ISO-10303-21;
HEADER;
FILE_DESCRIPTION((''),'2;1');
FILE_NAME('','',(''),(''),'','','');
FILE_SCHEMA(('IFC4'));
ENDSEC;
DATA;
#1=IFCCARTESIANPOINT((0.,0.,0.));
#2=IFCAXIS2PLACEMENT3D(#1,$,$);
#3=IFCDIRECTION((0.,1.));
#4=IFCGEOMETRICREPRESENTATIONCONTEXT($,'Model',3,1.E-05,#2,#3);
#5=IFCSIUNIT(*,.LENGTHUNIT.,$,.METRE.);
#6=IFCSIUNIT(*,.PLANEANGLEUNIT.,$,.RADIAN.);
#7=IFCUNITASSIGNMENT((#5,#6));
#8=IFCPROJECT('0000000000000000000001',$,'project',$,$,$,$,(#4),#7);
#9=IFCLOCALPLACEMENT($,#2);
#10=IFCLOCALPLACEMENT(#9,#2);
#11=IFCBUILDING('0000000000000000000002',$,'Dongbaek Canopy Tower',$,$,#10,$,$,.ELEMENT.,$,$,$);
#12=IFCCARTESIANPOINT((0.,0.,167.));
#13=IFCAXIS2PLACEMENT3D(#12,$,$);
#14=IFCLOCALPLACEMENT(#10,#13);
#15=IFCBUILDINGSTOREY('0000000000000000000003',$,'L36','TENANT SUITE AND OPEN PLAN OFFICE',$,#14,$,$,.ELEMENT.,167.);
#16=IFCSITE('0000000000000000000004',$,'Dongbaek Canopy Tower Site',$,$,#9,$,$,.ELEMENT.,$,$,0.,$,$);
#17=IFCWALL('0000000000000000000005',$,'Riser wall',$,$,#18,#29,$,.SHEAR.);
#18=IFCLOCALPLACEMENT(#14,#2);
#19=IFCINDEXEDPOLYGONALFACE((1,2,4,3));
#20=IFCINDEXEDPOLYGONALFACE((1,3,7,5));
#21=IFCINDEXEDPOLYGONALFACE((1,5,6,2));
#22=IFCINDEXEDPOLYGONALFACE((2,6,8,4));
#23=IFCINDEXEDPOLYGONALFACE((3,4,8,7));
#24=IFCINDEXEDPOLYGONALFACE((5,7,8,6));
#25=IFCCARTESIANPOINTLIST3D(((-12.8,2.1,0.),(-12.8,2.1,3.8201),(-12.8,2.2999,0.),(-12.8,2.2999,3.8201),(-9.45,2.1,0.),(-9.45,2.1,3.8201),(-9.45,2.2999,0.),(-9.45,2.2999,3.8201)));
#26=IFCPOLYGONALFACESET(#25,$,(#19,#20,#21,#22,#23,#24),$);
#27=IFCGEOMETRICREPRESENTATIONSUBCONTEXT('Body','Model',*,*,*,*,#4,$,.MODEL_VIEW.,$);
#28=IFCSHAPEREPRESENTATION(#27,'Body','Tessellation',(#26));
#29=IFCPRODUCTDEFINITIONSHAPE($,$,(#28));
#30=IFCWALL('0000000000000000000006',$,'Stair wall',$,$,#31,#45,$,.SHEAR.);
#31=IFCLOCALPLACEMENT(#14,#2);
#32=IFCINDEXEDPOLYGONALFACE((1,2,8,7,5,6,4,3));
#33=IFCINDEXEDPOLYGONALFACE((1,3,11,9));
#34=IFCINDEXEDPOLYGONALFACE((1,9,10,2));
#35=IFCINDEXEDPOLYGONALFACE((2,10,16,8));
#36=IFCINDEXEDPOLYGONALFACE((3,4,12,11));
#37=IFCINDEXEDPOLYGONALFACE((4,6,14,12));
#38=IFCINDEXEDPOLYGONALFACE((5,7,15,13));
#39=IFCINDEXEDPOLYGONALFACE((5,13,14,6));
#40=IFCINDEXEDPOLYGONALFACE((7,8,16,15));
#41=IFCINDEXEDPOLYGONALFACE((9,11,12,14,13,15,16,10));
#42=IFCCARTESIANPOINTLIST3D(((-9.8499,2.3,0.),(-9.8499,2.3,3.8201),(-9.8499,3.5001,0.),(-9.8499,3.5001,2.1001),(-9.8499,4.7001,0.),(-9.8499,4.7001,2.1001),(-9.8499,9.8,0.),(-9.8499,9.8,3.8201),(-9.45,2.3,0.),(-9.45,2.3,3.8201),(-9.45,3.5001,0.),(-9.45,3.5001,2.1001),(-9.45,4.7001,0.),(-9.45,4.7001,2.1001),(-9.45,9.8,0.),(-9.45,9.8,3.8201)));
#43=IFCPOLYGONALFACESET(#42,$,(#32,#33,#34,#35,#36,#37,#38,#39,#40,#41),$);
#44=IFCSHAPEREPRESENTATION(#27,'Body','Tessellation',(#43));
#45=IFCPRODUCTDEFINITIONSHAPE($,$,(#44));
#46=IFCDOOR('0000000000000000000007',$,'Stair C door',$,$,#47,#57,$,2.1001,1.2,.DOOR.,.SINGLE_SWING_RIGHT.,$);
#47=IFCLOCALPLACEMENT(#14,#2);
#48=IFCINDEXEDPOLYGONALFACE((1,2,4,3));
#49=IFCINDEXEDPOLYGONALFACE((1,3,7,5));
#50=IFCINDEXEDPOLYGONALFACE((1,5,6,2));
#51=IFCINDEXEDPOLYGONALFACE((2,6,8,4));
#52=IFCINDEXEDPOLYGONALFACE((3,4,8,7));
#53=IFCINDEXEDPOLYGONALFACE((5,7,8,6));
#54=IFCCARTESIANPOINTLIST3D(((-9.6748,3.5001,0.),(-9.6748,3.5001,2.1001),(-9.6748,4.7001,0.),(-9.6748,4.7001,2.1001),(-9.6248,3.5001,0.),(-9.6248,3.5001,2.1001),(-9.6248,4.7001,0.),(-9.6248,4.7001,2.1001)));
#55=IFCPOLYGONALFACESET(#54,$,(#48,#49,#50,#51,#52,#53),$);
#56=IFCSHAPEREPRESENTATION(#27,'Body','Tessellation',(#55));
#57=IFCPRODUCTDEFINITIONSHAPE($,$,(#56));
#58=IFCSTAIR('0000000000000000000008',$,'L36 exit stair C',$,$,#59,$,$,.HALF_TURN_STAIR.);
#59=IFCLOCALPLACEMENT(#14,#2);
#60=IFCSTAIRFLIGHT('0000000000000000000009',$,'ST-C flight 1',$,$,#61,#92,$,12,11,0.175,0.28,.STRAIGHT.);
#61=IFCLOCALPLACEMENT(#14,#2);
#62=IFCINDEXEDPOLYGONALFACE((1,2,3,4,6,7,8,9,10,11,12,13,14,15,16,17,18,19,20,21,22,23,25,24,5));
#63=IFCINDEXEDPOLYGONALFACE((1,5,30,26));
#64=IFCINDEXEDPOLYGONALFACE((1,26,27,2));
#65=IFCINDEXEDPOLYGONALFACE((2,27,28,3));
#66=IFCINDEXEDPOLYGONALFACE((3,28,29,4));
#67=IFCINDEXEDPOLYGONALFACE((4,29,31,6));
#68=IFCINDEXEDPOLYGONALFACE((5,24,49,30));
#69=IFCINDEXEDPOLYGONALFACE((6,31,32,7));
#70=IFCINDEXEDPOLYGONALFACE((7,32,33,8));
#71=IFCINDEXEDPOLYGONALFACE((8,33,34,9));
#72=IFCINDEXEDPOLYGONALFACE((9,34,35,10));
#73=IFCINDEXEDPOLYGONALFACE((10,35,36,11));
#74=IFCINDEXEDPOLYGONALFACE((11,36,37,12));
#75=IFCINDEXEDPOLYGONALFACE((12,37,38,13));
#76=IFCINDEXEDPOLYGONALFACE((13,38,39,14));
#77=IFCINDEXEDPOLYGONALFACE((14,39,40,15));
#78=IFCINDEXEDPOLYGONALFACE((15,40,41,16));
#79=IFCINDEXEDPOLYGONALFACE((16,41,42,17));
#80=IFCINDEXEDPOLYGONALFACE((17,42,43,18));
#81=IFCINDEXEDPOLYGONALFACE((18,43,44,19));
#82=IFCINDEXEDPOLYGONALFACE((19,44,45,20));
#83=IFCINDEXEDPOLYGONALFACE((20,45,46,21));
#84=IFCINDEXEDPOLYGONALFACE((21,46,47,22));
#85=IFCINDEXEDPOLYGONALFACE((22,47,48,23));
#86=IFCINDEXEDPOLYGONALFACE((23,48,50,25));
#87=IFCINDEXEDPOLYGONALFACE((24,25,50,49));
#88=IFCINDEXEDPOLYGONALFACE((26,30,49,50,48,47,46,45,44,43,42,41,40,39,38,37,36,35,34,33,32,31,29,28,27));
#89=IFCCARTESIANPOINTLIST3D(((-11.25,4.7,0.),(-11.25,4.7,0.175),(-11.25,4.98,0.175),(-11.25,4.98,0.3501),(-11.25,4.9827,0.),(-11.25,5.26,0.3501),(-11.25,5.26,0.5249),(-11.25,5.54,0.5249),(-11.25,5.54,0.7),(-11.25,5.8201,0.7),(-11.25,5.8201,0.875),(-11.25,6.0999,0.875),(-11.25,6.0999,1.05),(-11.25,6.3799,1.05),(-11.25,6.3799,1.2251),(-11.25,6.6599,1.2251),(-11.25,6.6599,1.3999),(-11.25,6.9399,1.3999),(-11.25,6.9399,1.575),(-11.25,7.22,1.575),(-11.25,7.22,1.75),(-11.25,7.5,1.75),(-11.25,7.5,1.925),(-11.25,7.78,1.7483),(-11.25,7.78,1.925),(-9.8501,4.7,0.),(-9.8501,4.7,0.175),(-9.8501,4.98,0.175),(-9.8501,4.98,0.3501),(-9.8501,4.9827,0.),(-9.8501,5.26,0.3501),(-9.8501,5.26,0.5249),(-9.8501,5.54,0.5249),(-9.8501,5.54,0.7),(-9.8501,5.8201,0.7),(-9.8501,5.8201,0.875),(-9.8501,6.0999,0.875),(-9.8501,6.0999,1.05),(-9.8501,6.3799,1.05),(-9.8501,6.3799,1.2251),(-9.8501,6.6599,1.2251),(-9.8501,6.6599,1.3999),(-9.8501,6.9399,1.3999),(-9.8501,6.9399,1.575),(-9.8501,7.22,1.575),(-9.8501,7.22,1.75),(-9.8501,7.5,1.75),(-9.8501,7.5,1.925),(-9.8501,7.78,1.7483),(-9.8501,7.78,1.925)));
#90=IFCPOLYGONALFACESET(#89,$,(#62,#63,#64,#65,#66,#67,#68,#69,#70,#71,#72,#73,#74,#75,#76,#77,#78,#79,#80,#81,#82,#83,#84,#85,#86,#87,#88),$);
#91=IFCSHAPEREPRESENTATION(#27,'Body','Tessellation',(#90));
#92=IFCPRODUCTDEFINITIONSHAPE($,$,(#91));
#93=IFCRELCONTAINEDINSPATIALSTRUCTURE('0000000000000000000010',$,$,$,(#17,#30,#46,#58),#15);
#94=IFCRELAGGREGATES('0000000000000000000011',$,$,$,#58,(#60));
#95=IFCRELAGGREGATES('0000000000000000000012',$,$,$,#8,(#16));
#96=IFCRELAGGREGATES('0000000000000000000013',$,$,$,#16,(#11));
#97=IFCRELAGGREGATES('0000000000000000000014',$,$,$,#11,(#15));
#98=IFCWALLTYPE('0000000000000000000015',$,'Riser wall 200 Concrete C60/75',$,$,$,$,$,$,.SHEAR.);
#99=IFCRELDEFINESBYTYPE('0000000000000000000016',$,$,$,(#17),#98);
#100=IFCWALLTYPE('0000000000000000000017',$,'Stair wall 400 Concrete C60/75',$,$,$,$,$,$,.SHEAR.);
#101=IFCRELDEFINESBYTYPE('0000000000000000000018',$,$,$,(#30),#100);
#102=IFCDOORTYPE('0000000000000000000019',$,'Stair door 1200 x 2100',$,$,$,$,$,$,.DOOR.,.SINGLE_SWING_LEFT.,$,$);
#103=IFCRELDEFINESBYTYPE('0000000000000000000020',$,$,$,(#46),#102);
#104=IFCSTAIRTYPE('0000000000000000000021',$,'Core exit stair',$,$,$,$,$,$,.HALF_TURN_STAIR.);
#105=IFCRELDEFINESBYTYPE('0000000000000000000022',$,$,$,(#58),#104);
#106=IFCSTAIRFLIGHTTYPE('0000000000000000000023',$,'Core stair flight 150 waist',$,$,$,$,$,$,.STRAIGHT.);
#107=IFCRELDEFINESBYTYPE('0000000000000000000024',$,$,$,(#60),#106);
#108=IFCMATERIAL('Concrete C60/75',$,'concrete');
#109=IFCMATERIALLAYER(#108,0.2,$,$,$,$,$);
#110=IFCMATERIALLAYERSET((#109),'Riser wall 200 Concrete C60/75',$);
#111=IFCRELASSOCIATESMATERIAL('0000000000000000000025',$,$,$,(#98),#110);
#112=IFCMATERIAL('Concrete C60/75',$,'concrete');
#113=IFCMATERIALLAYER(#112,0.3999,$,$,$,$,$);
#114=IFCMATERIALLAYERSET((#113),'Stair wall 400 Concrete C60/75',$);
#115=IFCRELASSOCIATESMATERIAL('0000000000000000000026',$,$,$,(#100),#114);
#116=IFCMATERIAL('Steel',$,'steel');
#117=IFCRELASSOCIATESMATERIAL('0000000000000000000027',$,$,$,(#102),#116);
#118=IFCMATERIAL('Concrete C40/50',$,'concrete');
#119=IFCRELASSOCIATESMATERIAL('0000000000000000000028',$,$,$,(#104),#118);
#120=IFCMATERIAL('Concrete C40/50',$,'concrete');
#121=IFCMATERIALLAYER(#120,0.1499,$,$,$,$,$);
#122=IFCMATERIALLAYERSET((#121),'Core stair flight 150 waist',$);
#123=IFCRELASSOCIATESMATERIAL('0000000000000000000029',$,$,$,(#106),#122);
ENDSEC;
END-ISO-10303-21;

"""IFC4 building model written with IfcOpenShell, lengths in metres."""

from ifc_helpers import new_model, si_unit, direction, frame, frame_2d, origin, place, context, subcontext, project, spatial, polyline, rectangle, outline, extrude, material, layer, layer_set, type_object, element, fill, aggregate, save


model = new_model("IFC4")

# Units and contexts
model_context = context("Model", 3, precision=1e-05, world=origin(), true_north=direction((0.0, 1.0)))
body_context = subcontext(model_context, "Body", "Model", "MODEL_VIEW")
ifc_project = project(units=[si_unit("LENGTHUNIT", "METRE"), si_unit("PLANEANGLEUNIT", "RADIAN")], contexts=[model_context])

# Site, building, storey
site_placement = place(None, origin())
site = spatial("IfcSite", under=ifc_project, at=site_placement, Name="Dongbaek Canopy Tower Site", CompositionType="ELEMENT", RefElevation=0.0)
building_placement = place(site_placement, origin())
building = spatial("IfcBuilding", under=site, at=building_placement, Name="Dongbaek Canopy Tower", CompositionType="ELEMENT")
storey_placement = place(building_placement, frame((0.0, 0.0, 167.0)))
storey = spatial("IfcBuildingStorey", under=building, at=storey_placement, Name="L36", Description="TENANT SUITE AND OPEN PLAN OFFICE", CompositionType="ELEMENT", Elevation=167.0)

# Wall
ifc_material_1 = material(Name="Concrete C60/75", Category="concrete")
ifc_layer_1 = layer(ifc_material_1, 0.2)
ifc_layer_set_1 = layer_set([ifc_layer_1], Name="Riser wall 200 Concrete C60/75")
wall_type_1 = type_object("IfcWallType", Name="Riser wall 200 Concrete C60/75", PredefinedType="SHEAR", material=ifc_layer_set_1)
wall_1_placement = place(storey_placement, frame((-9.45, 2.2, 0.0), z_axis=(0.0, 0.0, 1.0), x_axis=(-1.0, 0.0, 0.0)))
element("IfcWall", 1, at=wall_1_placement, inside=storey, type_object=wall_type_1, Name="Riser wall", PredefinedType="SHEAR", context=body_context, shape_type="SweptSolid", body=[
    extrude(rectangle(XDim=3.3501, YDim=0.2, at=frame_2d((1.675, 0.0))), origin(), (0.0, 0.0, 1.0), 3.8201),
])

# Wall, opening, door
ifc_material_2 = material(Name="Concrete C60/75", Category="concrete")
ifc_layer_2 = layer(ifc_material_2, 0.3999)
ifc_layer_set_2 = layer_set([ifc_layer_2], Name="Stair wall 400 Concrete C60/75")
wall_type_2 = type_object("IfcWallType", Name="Stair wall 400 Concrete C60/75", PredefinedType="SHEAR", material=ifc_layer_set_2)
wall_2_placement = place(storey_placement, frame((-9.6499, 2.3, 0.0), z_axis=(0.0, 0.0, 1.0), x_axis=(0.0, 1.0, 0.0)))
wall_2 = element("IfcWall", 2, at=wall_2_placement, inside=storey, type_object=wall_type_2, Name="Stair wall", PredefinedType="SHEAR", context=body_context, shape_type="SweptSolid", body=[
    extrude(rectangle(XDim=7.5, YDim=0.3999, at=frame_2d((3.75, 0.0))), origin(), (0.0, 0.0, 1.0), 3.8201),
])
opening_1_placement = place(wall_2_placement, frame((1.2, 0.0, 0.0)))
opening_1 = element("IfcOpeningElement", 3, at=opening_1_placement, cuts=wall_2, PredefinedType="OPENING", context=body_context, shape_type="SweptSolid", body=[
    extrude(rectangle(XDim=1.2, YDim=2.1001, at=frame_2d((0.6001, 1.05))), frame((0.0, 0.21, 0.0), z_axis=(0.0, -1.0, 0.0), x_axis=(1.0, 0.0, 0.0)), (0.0, 0.0, 1.0), 0.4199),
])
ifc_material_3 = material(Name="Steel", Category="steel")
door_type_1 = type_object("IfcDoorType", Name="Stair door 1200 x 2100", OperationType="SINGLE_SWING_LEFT", PredefinedType="DOOR", material=ifc_material_3)
door_1_placement = place(opening_1_placement, origin())
door_1 = element("IfcDoor", 4, at=door_1_placement, inside=storey, type_object=door_type_1, Name="Stair C door", OperationType="SINGLE_SWING_RIGHT", OverallHeight=2.1001, OverallWidth=1.2, PredefinedType="DOOR", context=body_context, shape_type="SweptSolid", body=[
    extrude(rectangle(XDim=1.2, YDim=2.1001, at=frame_2d((0.6001, 1.05))), frame((0.0, 0.0249, 0.0), z_axis=(0.0, -1.0, 0.0), x_axis=(1.0, 0.0, 0.0)), (0.0, 0.0, 1.0), 0.05),
])
fill(opening_1, door_1)

# Stair, stair flight
ifc_material_4 = material(Name="Concrete C40/50", Category="concrete")
stair_type = type_object("IfcStairType", Name="Core exit stair", PredefinedType="HALF_TURN_STAIR", material=ifc_material_4)
stair_placement = place(storey_placement, origin())
stair = element("IfcStair", 5, at=stair_placement, inside=storey, type_object=stair_type, Name="L36 exit stair C", PredefinedType="HALF_TURN_STAIR")
ifc_material_5 = material(Name="Concrete C40/50", Category="concrete")
ifc_layer_3 = layer(ifc_material_5, 0.1499)
ifc_layer_set_3 = layer_set([ifc_layer_3], Name="Core stair flight 150 waist")
stair_flight_type = type_object("IfcStairFlightType", Name="Core stair flight 150 waist", PredefinedType="STRAIGHT", material=ifc_layer_set_3)
stair_flight_placement = place(storey_placement, frame((-10.55, 4.7, 0.0), z_axis=(0.0, 0.0, 1.0), x_axis=(0.0, 1.0, 0.0)))
stair_flight = element("IfcStairFlight", 6, at=stair_flight_placement, type_object=stair_flight_type, Name="ST-C flight 1", NumberOfRisers=12, NumberOfTreads=11, PredefinedType="STRAIGHT", RiserHeight=0.175, TreadLength=0.28, context=body_context, shape_type="SweptSolid", body=[
    extrude(outline(polyline([(0.0, 0.0), (0.0, 0.175), (0.28, 0.175), (0.28, 0.3501), (0.5601, 0.3501), (0.5601, 0.5249), (0.8401, 0.5249), (0.8401, 0.7), (1.1201, 0.7), (1.1201, 0.875), (1.3999, 0.875), (1.3999, 1.05), (1.6799, 1.05), (1.6799, 1.2251), (1.96, 1.2251), (1.96, 1.3999), (2.24, 1.3999), (2.24, 1.575), (2.52, 1.575), (2.52, 1.75), (2.8, 1.75), (2.8, 1.925), (3.0801, 1.925), (3.0801, 2.1001), (3.0801, 1.7483), (0.2827, 0.0), (0.0, 0.0)])), frame((0.0, 0.7, 0.0), z_axis=(0.0, -1.0, 0.0), x_axis=(1.0, 0.0, 0.0)), (0.0, 0.0, 1.0), 1.3999),
])
aggregate(stair, [stair_flight])

save(model, "model.ifc")
